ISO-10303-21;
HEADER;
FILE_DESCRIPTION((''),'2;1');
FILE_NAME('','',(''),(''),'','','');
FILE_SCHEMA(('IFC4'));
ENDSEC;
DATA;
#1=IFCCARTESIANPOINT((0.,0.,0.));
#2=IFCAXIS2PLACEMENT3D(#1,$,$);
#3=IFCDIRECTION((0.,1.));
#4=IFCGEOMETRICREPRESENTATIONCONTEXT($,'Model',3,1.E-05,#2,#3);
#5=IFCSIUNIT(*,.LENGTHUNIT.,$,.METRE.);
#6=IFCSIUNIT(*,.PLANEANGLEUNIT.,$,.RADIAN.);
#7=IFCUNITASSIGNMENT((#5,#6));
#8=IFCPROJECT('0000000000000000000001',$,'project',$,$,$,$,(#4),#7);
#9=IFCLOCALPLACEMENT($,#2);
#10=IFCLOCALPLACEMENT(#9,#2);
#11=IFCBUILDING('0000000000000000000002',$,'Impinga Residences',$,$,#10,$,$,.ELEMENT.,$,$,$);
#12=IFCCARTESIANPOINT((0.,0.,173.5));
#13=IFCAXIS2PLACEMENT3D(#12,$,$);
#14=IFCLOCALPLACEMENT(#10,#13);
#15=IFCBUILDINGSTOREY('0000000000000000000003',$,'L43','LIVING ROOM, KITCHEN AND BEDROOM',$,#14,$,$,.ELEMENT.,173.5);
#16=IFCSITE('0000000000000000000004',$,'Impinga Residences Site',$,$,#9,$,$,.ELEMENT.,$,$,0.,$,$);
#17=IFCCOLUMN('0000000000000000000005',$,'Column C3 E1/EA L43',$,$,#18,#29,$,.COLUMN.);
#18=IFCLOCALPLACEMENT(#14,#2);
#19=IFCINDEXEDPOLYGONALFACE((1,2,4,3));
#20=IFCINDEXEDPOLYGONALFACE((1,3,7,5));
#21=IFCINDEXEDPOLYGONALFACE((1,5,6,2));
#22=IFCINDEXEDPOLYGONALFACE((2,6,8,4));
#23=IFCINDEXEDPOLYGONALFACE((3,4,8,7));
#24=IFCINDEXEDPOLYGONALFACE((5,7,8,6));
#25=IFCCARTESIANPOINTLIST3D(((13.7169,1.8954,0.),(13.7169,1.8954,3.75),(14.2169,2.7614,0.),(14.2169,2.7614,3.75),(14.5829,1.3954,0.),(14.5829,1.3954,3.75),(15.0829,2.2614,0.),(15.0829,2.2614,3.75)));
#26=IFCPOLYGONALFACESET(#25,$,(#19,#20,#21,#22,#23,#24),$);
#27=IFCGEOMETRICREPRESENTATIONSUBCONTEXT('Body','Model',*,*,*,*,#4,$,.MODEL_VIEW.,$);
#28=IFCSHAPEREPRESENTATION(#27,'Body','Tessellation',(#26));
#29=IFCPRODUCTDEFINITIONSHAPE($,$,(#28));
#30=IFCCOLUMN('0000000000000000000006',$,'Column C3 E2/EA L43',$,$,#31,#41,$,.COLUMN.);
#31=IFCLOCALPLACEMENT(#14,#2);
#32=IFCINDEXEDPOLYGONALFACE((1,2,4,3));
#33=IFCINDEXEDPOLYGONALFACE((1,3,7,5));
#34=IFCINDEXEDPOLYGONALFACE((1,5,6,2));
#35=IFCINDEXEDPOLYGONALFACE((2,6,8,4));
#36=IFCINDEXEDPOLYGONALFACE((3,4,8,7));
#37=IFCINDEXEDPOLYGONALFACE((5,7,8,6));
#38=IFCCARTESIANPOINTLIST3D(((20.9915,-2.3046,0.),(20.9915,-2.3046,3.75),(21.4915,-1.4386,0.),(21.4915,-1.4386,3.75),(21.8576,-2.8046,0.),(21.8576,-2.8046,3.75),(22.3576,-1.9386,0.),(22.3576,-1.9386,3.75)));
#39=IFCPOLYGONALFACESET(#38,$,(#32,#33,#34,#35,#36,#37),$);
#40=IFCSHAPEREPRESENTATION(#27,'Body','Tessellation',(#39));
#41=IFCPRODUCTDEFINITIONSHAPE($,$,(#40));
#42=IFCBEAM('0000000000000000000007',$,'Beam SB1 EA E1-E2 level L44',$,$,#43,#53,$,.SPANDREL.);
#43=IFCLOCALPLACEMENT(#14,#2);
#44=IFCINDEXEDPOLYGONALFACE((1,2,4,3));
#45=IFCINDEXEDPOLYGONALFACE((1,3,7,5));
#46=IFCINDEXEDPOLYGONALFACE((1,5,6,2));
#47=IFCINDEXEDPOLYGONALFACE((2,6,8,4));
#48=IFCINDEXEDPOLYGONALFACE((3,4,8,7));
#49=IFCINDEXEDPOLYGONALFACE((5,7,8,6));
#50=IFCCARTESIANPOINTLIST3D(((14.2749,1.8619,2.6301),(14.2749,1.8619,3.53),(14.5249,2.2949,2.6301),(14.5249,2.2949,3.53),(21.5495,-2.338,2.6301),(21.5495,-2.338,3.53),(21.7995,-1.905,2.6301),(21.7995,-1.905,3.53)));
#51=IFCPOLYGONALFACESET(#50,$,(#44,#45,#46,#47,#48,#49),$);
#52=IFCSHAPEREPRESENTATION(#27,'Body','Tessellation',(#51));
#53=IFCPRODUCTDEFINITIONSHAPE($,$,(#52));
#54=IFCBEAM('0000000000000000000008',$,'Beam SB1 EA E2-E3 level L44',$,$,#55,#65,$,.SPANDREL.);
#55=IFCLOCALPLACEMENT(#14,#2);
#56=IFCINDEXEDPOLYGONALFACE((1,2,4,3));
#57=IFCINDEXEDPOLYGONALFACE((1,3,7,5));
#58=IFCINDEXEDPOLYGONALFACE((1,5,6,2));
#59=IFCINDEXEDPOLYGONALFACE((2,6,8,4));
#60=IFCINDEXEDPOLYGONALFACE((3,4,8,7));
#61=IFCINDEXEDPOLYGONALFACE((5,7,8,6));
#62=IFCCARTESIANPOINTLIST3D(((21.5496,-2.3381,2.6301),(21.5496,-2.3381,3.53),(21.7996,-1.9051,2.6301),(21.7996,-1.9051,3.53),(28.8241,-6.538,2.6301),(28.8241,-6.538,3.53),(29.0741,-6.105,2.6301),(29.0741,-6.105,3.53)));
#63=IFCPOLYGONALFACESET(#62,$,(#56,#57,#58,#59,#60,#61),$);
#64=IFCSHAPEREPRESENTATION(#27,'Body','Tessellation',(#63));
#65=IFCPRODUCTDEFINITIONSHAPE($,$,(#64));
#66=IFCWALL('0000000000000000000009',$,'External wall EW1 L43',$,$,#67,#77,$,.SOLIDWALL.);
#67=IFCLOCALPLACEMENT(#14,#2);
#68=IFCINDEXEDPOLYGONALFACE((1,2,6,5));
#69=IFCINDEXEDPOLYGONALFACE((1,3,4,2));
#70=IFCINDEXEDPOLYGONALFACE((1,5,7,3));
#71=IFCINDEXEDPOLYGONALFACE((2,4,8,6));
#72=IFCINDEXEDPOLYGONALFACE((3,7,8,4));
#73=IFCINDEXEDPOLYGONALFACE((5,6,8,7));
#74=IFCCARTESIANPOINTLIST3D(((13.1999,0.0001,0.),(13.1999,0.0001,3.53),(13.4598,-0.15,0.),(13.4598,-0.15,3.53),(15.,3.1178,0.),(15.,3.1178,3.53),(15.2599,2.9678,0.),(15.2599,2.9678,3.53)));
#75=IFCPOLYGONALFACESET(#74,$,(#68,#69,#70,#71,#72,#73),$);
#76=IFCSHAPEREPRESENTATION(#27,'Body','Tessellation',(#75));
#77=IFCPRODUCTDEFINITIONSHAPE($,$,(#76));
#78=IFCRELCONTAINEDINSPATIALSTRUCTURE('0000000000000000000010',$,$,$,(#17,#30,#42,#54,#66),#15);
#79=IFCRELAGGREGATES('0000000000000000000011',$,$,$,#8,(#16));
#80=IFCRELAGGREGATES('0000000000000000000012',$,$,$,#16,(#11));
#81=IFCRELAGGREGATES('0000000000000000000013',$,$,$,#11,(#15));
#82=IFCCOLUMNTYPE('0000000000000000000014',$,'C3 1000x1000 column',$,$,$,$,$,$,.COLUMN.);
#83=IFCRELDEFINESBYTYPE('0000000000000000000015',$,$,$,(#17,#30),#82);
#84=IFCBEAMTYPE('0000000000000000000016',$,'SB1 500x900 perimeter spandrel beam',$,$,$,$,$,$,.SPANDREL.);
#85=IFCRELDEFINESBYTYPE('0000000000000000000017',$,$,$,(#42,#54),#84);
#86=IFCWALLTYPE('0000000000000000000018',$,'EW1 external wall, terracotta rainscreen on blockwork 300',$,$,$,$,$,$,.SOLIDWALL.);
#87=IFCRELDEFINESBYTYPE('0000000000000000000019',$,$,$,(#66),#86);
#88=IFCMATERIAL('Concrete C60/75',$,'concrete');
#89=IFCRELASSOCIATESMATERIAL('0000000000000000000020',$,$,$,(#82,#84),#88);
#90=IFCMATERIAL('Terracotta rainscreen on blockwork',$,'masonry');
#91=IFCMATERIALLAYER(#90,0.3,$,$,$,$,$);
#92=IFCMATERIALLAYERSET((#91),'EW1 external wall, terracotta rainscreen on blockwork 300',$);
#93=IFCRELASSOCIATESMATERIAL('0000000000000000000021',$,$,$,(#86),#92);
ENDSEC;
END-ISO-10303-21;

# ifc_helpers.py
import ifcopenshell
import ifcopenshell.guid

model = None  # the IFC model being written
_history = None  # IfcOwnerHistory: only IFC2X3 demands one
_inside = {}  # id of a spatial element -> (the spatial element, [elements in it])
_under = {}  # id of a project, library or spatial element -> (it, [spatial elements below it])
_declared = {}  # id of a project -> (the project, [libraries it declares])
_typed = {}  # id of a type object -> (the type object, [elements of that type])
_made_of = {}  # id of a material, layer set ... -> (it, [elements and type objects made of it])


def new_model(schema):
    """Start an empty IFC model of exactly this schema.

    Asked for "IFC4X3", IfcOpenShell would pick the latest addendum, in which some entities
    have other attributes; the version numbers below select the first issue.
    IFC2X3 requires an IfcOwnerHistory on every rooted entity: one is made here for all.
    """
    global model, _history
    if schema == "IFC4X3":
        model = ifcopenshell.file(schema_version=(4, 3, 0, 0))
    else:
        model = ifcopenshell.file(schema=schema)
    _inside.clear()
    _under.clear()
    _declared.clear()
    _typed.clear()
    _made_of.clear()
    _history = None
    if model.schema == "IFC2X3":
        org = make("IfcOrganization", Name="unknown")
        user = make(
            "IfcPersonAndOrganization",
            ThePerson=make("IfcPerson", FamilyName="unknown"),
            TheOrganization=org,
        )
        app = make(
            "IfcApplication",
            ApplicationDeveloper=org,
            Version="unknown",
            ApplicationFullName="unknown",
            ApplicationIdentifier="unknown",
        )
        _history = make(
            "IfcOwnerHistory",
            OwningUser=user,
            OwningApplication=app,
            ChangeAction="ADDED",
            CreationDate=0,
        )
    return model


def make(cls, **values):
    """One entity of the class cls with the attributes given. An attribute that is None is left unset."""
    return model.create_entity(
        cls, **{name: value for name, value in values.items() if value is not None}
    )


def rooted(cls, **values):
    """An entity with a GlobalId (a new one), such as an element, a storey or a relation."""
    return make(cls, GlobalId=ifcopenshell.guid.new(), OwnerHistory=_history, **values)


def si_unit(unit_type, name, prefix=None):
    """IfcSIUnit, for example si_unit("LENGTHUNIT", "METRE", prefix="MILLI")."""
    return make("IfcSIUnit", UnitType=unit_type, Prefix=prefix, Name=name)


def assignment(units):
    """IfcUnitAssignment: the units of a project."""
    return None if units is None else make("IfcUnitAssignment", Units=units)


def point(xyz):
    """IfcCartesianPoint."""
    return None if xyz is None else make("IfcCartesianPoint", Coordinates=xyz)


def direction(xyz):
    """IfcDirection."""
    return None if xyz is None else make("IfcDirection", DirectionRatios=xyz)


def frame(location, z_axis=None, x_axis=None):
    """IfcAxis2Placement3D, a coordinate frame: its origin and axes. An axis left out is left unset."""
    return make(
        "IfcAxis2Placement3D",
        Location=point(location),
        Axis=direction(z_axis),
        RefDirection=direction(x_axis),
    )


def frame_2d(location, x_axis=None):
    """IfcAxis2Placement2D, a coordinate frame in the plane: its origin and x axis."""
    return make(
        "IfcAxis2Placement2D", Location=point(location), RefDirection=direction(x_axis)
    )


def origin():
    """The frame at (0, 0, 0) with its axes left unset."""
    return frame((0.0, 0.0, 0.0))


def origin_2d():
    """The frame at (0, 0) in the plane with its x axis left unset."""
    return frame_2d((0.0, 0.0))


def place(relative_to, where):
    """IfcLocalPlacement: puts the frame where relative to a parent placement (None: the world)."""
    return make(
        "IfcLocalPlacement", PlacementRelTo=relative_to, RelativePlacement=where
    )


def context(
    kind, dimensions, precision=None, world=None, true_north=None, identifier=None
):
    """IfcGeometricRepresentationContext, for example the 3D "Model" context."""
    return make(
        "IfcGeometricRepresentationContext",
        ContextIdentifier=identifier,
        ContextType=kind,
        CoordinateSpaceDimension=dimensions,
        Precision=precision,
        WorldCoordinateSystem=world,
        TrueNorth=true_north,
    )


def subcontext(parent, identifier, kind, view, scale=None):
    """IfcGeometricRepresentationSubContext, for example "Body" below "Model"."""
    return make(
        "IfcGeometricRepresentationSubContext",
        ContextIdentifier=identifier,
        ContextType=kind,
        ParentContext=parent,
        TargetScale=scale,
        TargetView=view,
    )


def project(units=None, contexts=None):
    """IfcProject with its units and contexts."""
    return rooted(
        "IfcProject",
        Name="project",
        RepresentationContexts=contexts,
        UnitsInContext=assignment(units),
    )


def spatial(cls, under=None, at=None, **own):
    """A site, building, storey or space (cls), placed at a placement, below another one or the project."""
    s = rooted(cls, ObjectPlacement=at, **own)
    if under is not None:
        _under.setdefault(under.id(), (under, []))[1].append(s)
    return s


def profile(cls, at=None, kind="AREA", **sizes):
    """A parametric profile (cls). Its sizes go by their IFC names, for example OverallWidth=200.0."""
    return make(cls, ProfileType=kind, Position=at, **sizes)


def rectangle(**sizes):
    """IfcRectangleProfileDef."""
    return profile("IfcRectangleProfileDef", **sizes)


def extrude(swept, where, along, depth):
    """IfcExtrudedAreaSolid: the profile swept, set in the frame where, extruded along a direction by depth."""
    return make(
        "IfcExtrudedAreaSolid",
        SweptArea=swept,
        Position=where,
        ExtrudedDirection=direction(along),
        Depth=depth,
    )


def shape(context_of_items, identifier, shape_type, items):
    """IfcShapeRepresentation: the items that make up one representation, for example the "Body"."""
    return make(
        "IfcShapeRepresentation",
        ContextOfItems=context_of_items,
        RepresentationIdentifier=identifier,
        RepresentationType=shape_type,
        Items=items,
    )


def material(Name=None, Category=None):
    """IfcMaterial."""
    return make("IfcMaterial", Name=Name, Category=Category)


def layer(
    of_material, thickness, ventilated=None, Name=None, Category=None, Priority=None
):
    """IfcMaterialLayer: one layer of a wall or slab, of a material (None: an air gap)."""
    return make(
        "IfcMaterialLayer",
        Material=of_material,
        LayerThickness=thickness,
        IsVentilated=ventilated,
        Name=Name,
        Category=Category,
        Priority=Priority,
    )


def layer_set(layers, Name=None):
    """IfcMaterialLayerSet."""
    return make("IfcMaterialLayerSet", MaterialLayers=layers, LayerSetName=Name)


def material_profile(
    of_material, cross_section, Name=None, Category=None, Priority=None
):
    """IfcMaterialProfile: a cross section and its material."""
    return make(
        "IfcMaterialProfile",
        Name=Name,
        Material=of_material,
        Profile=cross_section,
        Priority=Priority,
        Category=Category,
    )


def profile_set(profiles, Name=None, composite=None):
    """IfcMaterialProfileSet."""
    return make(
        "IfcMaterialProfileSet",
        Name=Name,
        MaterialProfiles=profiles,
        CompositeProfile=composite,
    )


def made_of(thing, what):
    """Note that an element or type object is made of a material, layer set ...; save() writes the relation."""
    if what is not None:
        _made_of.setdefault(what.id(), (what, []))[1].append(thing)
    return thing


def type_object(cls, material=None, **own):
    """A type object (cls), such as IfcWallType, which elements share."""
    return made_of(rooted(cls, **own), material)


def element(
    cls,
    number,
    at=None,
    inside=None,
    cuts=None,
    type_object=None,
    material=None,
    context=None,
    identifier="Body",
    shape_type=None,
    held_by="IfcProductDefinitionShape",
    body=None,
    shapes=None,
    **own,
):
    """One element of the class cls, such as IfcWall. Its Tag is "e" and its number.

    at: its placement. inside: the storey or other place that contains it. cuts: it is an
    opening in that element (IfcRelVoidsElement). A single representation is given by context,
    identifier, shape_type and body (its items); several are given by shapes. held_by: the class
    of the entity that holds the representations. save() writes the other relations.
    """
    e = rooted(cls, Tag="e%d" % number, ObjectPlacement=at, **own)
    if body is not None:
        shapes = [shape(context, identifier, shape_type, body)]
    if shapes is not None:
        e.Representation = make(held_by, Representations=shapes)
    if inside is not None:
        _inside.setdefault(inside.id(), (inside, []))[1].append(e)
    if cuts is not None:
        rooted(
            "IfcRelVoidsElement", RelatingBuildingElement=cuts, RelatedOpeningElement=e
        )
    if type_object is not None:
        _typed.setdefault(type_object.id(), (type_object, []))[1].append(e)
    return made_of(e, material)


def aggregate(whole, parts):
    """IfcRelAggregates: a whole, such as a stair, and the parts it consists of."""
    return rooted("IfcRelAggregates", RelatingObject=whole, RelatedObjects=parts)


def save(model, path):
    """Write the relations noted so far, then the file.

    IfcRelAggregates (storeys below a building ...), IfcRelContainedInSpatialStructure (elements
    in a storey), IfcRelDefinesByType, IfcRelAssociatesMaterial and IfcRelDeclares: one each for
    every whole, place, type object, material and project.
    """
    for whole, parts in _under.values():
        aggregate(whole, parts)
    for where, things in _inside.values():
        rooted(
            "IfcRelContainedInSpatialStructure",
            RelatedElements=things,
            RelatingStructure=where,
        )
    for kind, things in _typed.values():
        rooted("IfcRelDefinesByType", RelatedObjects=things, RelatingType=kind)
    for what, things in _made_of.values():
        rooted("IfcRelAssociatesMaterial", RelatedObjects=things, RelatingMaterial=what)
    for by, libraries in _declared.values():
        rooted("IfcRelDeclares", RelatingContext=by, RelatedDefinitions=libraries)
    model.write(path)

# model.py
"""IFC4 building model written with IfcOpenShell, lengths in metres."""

from ifc_helpers import new_model, si_unit, direction, frame, frame_2d, origin, origin_2d, place, context, subcontext, project, spatial, rectangle, extrude, material, layer, layer_set, material_profile, profile_set, type_object, element, save


model = new_model("IFC4")

# Units and contexts
model_context = context("Model", 3, precision=1e-05, world=origin(), true_north=direction((0.0, 1.0)))
body_context = subcontext(model_context, "Body", "Model", "MODEL_VIEW")
ifc_project = project(units=[si_unit("LENGTHUNIT", "METRE"), si_unit("PLANEANGLEUNIT", "RADIAN")], contexts=[model_context])

# Site, building, storey
site_placement = place(None, origin())
site = spatial("IfcSite", under=ifc_project, at=site_placement, Name="Impinga Residences Site", CompositionType="ELEMENT", RefElevation=0.0)
building_placement = place(site_placement, origin())
building = spatial("IfcBuilding", under=site, at=building_placement, Name="Impinga Residences", CompositionType="ELEMENT")
storey_placement = place(building_placement, frame((0.0, 0.0, 173.5)))
storey = spatial("IfcBuildingStorey", under=building, at=storey_placement, Name="L43", Description="LIVING ROOM, KITCHEN AND BEDROOM", CompositionType="ELEMENT", Elevation=173.5)

# Columns
ifc_material_1 = material(Name="Concrete C60/75", Category="concrete")
ifc_material_profile_1 = material_profile(ifc_material_1, rectangle(XDim=1.0, YDim=1.0, at=origin_2d()), Name="RC 1000x1000")
ifc_profile_set_1 = profile_set([ifc_material_profile_1], Name="Concrete C60/75")
column_type = type_object("IfcColumnType", Name="C3 1000x1000 column", PredefinedType="COLUMN", material=ifc_profile_set_1)
for number, where, z_axis, x_axis, name in (
    (1, (14.3999, 2.0784, 0.0), (0.0, 0.0, 1.0), (-0.5, -0.866025, 0.0), "Column C3 E1/EA L43"),
    (2, (21.6746, -2.1216, 0.0), (0.0, 0.0, 1.0), (-0.5, -0.866025, 0.0), "Column C3 E2/EA L43"),
):
    element("IfcColumn", number, at=place(storey_placement, frame(where, z_axis=z_axis, x_axis=x_axis)), inside=storey, type_object=column_type, Name=name, PredefinedType="COLUMN", context=body_context, shape_type="SweptSolid", body=[
        extrude(rectangle(XDim=1.0, YDim=1.0, at=origin_2d()), origin(), (0.0, 0.0, 1.0), 3.75),
    ])

# Beams
ifc_material_profile_2 = material_profile(ifc_material_1, rectangle(XDim=0.5, YDim=0.8999, at=origin_2d()), Name="RC 500x900")
ifc_profile_set_2 = profile_set([ifc_material_profile_2], Name="Concrete C60/75")
beam_type = type_object("IfcBeamType", Name="SB1 500x900 perimeter spandrel beam", PredefinedType="SPANDREL", material=ifc_profile_set_2)
for number, where, z_axis, x_axis, name in (
    (3, (14.3999, 2.0784, 3.0801), (0.866029, -0.499993, 0.0), (0.499993, 0.866029, 0.0), "Beam SB1 EA E1-E2 level L44"),
    (4, (21.6746, -2.1216, 3.0801), (0.866029, -0.499993, 0.0), (0.499993, 0.866029, 0.0), "Beam SB1 EA E2-E3 level L44"),
):
    element("IfcBeam", number, at=place(storey_placement, frame(where, z_axis=z_axis, x_axis=x_axis)), inside=storey, type_object=beam_type, Name=name, PredefinedType="SPANDREL", context=body_context, shape_type="SweptSolid", body=[
        extrude(rectangle(XDim=0.5, YDim=0.8999, at=origin_2d()), origin(), (0.0, 0.0, 1.0), 8.3999),
    ])

# Wall
ifc_material_2 = material(Name="Terracotta rainscreen on blockwork", Category="masonry")
ifc_layer_1 = layer(ifc_material_2, 0.3)
ifc_layer_set_1 = layer_set([ifc_layer_1], Name="EW1 external wall, terracotta rainscreen on blockwork 300")
wall_type_1 = type_object("IfcWallType", Name="EW1 external wall, terracotta rainscreen on blockwork 300", PredefinedType="SOLIDWALL", material=ifc_layer_set_1)
wall_1_placement = place(storey_placement, frame((13.3298, -0.075, 0.0), z_axis=(0.0, 0.0, 1.0), x_axis=(0.500012, 0.866018, 0.0)))
element("IfcWall", 5, at=wall_1_placement, inside=storey, type_object=wall_type_1, Name="External wall EW1 L43", PredefinedType="SOLIDWALL", context=body_context, shape_type="SweptSolid", body=[
    extrude(rectangle(XDim=3.6001, YDim=0.3, at=frame_2d((1.8, 0.0))), origin(), (0.0, 0.0, 1.0), 3.53),
])

save(model, "model.ifc")
